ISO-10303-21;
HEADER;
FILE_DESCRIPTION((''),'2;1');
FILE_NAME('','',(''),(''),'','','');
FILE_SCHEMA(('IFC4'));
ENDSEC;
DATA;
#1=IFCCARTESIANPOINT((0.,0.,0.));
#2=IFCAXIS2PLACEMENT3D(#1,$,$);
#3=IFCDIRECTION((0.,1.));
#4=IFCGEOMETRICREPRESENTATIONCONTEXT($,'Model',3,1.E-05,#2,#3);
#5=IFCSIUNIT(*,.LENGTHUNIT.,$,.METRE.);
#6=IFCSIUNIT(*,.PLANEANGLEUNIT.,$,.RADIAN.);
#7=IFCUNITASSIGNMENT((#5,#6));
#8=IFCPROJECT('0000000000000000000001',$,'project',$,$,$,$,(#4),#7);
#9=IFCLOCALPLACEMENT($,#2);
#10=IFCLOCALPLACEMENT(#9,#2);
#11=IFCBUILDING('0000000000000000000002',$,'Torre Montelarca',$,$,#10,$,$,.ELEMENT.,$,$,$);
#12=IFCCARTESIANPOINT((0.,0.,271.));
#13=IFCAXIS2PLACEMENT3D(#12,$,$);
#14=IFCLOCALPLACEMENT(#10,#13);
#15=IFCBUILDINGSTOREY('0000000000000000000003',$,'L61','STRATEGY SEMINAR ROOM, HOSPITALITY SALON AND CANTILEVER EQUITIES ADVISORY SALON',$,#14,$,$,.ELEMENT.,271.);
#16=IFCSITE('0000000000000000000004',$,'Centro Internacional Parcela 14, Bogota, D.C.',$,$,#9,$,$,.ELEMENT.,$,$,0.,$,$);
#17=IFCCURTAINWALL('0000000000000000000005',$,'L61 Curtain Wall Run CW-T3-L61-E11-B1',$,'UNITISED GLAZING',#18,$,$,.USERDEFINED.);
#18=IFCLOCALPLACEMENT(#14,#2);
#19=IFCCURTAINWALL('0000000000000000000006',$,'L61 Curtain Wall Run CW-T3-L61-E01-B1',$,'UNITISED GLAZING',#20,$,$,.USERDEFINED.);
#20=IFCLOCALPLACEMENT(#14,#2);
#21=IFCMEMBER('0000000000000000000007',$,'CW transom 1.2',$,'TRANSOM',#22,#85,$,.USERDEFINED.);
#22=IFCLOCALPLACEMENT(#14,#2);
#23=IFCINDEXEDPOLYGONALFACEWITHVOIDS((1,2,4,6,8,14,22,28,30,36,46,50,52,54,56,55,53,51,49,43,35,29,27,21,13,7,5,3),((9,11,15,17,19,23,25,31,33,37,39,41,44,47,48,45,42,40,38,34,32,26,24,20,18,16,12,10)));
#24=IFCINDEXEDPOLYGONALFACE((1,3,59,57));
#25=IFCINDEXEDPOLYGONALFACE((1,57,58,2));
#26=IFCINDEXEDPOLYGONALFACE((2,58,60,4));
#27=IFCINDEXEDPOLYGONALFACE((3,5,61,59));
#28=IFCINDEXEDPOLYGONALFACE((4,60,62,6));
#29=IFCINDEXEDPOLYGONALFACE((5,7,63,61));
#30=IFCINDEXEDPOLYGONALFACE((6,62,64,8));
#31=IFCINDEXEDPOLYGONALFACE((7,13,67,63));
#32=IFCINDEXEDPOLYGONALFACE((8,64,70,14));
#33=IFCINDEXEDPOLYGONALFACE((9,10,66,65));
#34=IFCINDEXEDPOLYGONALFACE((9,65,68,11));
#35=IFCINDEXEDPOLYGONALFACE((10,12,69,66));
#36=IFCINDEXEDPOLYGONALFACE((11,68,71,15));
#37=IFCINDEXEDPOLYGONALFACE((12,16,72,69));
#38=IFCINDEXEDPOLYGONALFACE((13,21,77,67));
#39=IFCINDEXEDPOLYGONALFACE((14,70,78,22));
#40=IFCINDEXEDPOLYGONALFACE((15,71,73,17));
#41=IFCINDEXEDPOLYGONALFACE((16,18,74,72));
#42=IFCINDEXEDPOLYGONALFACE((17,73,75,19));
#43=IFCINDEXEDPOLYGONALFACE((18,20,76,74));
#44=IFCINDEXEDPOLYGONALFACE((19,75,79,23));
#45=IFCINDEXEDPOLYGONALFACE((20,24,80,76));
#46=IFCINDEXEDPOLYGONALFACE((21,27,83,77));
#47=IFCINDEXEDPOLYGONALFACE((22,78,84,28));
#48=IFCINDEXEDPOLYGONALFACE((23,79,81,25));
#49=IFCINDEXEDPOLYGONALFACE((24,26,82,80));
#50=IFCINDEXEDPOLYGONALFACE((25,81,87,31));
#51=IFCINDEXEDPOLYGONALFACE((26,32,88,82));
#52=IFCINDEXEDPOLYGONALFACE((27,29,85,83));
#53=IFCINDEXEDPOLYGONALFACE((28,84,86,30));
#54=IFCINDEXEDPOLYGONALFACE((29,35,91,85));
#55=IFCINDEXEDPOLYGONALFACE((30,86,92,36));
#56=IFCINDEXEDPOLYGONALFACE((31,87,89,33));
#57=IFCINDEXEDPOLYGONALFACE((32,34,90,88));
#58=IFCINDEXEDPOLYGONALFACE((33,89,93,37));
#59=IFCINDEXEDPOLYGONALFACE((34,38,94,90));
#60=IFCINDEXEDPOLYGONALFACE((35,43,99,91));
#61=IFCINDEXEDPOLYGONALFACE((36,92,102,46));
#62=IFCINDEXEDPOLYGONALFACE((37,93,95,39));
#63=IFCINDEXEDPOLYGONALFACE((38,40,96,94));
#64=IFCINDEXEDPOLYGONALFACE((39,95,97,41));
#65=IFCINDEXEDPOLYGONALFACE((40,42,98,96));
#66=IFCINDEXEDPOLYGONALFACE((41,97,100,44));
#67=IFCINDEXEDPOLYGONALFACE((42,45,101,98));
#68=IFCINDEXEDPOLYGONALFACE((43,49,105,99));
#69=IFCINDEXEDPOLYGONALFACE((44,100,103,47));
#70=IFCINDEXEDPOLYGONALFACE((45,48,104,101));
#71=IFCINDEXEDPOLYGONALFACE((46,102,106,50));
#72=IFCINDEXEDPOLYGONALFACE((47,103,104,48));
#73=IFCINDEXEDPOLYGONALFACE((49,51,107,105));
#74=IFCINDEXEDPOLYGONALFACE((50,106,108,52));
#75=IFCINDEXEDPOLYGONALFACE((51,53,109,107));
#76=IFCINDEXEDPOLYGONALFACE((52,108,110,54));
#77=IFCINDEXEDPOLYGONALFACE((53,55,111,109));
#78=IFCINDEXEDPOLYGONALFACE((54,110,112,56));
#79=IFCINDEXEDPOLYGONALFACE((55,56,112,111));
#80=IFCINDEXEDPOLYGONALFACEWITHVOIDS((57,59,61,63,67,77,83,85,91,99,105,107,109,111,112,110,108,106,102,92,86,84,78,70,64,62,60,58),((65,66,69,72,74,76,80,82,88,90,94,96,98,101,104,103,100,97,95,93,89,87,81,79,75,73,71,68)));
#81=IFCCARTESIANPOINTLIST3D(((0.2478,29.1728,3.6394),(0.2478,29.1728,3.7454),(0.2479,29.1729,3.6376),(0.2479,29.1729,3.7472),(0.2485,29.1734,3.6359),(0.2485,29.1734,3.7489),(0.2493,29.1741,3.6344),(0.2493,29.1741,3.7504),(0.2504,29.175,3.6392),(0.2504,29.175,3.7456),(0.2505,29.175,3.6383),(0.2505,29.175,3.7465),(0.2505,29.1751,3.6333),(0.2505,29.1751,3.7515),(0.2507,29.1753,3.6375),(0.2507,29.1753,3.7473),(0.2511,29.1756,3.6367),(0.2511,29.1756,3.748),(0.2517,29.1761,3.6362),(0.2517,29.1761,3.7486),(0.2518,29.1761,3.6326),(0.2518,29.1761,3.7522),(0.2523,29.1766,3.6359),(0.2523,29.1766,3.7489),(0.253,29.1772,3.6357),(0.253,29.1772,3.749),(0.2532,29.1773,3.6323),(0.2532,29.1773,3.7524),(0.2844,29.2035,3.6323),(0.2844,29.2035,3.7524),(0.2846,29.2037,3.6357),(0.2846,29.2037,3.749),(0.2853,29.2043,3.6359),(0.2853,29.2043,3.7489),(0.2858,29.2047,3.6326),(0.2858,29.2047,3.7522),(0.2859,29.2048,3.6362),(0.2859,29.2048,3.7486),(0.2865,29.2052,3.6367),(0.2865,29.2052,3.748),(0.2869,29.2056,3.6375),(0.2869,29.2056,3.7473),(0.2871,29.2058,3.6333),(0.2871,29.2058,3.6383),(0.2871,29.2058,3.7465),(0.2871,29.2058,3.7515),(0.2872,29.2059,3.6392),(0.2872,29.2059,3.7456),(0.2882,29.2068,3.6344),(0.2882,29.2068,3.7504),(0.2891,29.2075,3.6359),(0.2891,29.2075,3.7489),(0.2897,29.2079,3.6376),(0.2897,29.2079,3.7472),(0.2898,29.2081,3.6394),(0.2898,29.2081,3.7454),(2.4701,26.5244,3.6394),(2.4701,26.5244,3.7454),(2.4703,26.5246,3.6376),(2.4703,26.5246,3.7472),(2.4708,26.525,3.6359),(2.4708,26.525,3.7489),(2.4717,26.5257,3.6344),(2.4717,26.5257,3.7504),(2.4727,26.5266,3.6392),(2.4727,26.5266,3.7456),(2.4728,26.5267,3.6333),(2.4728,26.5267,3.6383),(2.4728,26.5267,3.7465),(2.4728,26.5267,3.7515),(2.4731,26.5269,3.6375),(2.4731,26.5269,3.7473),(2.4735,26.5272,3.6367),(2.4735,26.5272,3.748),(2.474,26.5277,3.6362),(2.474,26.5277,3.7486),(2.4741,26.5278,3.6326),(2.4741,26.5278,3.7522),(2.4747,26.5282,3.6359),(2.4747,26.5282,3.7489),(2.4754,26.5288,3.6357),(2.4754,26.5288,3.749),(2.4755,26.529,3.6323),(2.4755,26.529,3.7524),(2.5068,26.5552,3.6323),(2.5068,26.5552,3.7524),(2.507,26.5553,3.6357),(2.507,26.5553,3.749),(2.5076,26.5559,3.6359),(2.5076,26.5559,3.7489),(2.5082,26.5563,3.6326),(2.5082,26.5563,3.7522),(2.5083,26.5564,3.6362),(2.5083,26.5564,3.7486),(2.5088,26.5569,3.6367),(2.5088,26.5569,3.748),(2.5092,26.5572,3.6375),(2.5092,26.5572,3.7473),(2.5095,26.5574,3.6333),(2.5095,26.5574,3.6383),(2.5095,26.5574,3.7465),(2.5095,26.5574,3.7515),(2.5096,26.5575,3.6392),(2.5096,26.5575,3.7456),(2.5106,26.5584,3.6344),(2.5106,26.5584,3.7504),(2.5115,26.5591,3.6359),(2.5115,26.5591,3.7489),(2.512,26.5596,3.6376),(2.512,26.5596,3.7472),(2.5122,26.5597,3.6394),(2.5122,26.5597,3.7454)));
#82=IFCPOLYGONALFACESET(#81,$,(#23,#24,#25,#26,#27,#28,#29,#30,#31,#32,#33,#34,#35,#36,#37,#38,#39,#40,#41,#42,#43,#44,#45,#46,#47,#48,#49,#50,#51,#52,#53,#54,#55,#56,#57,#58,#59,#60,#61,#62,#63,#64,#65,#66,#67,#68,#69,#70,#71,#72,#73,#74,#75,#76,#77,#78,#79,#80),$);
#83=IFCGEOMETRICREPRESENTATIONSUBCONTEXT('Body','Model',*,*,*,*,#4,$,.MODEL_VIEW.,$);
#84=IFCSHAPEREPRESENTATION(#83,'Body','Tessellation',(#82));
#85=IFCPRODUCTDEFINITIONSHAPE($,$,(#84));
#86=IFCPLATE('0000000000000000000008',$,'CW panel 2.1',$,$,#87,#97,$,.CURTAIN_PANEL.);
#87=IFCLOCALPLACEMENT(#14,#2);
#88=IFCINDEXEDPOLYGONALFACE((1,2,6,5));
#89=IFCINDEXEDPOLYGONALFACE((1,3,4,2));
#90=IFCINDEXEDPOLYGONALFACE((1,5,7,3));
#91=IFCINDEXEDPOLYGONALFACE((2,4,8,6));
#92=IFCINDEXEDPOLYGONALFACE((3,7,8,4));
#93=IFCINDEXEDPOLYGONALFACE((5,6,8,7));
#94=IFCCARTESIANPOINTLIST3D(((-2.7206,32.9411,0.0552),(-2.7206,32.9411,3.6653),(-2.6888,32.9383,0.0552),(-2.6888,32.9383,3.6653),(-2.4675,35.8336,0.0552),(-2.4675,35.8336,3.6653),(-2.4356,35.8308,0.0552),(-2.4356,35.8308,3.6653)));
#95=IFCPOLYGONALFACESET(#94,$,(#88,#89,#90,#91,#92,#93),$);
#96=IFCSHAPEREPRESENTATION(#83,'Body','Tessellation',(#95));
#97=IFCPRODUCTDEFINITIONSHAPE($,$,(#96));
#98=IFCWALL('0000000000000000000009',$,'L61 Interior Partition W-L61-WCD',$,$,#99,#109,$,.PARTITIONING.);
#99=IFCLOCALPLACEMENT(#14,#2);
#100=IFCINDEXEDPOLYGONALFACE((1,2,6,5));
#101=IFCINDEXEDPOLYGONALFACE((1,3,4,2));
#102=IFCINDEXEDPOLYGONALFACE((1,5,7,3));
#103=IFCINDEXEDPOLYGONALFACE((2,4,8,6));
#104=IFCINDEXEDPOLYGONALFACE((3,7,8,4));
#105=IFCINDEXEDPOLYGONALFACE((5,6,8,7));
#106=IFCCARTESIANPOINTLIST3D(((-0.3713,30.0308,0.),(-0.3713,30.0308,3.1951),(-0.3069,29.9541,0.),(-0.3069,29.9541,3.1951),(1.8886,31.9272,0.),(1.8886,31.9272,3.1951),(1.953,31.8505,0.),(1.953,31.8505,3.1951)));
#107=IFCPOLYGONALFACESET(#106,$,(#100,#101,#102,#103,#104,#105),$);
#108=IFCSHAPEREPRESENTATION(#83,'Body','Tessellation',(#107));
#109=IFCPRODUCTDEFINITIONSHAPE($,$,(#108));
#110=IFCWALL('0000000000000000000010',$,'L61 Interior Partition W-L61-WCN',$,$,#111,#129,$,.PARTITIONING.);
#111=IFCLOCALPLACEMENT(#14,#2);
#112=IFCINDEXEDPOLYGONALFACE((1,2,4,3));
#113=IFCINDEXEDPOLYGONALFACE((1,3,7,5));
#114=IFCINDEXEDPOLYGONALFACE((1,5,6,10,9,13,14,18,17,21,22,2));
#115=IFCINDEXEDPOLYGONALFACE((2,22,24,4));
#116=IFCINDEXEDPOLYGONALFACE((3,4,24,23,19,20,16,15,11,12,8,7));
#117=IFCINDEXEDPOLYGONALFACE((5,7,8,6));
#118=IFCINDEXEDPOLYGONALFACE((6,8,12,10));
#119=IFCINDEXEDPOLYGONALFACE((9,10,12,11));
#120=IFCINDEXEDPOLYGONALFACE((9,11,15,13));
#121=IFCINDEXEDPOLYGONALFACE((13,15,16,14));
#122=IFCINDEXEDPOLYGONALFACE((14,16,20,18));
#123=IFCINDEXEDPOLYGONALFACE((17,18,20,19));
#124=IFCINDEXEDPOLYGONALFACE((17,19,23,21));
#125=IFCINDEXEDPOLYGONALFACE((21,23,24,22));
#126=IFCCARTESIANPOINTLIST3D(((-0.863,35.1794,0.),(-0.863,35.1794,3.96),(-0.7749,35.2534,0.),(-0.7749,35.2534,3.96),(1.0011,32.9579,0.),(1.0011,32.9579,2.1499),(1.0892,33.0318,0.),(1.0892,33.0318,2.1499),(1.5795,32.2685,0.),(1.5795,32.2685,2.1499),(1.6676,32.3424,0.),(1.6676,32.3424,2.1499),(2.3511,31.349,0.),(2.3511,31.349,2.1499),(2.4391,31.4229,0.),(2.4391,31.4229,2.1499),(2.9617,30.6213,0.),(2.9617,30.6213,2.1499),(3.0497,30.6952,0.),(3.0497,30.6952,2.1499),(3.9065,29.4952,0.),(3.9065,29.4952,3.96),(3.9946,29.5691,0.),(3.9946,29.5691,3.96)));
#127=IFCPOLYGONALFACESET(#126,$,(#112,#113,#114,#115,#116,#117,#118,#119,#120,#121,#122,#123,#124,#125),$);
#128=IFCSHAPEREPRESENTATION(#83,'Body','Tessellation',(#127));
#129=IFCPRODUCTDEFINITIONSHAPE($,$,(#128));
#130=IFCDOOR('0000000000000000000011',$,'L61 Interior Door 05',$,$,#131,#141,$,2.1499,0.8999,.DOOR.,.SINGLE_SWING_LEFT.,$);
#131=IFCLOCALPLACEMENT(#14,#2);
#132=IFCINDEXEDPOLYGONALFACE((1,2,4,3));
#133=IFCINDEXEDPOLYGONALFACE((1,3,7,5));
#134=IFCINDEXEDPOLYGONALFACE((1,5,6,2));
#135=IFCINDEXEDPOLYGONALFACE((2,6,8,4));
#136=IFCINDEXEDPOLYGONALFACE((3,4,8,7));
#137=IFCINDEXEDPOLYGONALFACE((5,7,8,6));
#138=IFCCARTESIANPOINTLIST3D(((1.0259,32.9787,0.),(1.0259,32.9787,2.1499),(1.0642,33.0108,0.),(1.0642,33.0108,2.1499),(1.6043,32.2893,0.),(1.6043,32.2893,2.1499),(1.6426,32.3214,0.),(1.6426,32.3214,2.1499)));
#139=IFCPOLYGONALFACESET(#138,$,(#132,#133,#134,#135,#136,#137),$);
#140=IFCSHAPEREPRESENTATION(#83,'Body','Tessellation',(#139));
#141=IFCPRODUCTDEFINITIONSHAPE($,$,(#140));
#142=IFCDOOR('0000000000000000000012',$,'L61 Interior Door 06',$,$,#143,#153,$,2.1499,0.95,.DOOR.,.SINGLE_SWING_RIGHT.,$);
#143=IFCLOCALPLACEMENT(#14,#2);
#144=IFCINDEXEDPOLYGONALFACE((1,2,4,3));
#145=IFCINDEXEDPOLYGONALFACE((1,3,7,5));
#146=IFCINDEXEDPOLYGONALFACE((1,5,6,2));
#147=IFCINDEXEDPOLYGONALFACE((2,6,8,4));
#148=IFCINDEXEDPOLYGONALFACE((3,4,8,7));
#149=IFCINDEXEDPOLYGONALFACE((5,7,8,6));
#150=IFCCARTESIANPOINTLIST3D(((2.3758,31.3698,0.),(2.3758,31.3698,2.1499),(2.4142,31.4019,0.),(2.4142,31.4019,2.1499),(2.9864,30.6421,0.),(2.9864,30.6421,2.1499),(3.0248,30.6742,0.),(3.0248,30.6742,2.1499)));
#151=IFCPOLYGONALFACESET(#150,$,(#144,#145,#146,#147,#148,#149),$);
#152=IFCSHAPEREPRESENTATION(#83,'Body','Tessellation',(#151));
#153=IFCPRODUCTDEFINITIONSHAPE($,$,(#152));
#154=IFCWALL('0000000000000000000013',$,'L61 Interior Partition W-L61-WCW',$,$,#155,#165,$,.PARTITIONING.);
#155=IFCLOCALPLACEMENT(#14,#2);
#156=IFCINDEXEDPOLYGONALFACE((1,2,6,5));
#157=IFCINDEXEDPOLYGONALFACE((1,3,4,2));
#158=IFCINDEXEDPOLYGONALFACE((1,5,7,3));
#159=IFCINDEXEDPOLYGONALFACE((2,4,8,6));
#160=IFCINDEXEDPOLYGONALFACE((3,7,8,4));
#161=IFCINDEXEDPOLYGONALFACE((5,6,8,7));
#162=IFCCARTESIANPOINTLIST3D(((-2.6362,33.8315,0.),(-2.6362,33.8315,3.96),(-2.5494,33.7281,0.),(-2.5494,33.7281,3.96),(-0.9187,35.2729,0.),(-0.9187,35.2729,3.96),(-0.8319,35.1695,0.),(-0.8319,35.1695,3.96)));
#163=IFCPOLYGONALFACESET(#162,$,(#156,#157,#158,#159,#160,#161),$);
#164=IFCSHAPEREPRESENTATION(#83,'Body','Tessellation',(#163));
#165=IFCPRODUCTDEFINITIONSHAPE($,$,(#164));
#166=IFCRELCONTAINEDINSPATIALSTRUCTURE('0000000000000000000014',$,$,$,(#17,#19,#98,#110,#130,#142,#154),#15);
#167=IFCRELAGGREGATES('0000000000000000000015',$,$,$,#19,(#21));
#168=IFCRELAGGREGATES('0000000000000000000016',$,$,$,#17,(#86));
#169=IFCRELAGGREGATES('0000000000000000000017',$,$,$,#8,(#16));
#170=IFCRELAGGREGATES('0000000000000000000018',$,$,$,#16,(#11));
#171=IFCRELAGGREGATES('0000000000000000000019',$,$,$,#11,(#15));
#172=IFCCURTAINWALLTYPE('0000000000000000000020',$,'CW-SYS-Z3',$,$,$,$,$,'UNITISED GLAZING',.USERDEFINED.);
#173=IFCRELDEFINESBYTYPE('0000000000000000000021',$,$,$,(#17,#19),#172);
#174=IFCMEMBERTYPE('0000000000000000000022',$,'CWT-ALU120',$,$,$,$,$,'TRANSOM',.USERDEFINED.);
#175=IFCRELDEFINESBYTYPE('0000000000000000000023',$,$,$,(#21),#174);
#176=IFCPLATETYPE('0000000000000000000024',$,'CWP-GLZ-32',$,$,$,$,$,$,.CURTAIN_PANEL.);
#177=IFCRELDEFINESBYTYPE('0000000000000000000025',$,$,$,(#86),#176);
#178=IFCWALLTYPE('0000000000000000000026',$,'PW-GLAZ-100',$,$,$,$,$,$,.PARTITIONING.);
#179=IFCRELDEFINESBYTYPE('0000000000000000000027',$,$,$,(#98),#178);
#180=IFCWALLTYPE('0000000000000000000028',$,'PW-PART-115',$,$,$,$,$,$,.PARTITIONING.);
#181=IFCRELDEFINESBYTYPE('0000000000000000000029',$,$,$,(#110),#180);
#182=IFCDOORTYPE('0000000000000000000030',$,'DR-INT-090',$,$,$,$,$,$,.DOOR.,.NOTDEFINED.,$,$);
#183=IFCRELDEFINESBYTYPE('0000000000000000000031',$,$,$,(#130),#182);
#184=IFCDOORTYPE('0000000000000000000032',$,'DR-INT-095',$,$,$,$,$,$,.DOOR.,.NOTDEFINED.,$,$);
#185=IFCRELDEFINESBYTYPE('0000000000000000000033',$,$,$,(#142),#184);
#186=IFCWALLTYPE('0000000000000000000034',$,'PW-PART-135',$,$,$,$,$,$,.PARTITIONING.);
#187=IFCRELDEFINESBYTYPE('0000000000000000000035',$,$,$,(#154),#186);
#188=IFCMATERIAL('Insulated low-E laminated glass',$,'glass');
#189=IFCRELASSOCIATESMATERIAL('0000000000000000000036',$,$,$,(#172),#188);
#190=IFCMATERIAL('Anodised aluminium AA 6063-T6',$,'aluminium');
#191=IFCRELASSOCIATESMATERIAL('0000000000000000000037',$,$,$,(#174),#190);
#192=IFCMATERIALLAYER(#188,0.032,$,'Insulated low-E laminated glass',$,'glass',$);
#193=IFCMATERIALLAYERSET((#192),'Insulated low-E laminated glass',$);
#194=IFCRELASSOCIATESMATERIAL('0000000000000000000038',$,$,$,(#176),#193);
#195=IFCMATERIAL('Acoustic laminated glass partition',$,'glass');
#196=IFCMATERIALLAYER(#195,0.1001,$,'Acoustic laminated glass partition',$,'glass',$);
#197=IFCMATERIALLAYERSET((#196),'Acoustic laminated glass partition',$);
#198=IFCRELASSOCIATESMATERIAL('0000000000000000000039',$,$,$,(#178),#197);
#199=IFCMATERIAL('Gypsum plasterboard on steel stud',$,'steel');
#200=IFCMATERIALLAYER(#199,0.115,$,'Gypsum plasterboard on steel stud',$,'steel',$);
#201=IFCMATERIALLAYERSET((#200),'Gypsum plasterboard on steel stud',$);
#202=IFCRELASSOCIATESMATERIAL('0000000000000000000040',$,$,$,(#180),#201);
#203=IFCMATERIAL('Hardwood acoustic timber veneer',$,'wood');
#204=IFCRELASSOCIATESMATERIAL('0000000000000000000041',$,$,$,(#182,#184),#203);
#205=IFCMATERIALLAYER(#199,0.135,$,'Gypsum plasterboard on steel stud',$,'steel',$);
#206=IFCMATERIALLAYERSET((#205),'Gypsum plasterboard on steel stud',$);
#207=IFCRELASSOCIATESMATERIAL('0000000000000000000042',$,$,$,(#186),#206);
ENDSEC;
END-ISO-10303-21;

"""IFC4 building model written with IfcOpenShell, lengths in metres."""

from ifc_helpers import new_model, si_unit, direction, frame, frame_2d, origin, origin_2d, place, context, subcontext, project, spatial, rectangle, hollow_rectangle, extrude, source, transform, mapped, material, layer, layer_set, material_profile, profile_set, type_object, element, fill, aggregate, save


model = new_model("IFC4")

# Units and contexts
model_context = context("Model", 3, precision=1e-05, world=origin(), true_north=direction((0.0, 1.0)))
body_context = subcontext(model_context, "Body", "Model", "MODEL_VIEW")
ifc_project = project(units=[si_unit("LENGTHUNIT", "METRE"), si_unit("PLANEANGLEUNIT", "RADIAN")], contexts=[model_context])

# Site, building, storey
site_placement = place(None, origin())
site = spatial("IfcSite", under=ifc_project, at=site_placement, Name="Centro Internacional Parcela 14, Bogota, D.C.", CompositionType="ELEMENT", RefElevation=0.0)
building_placement = place(site_placement, origin())
building = spatial("IfcBuilding", under=site, at=building_placement, Name="Torre Montelarca", CompositionType="ELEMENT")
storey_placement = place(building_placement, frame((0.0, 0.0, 271.0)))
storey = spatial("IfcBuildingStorey", under=building, at=storey_placement, Name="L61", Description="STRATEGY SEMINAR ROOM, HOSPITALITY SALON AND CANTILEVER EQUITIES ADVISORY SALON", CompositionType="ELEMENT", Elevation=271.0)

# Curtain walls
ifc_material_1 = material(Name="Insulated low-E laminated glass", Category="glass")
curtain_wall_type = type_object("IfcCurtainWallType", Name="CW-SYS-Z3", ElementType="UNITISED GLAZING", PredefinedType="USERDEFINED", material=ifc_material_1)
curtain_wall_1_placement = place(storey_placement, origin())
curtain_wall_1 = element("IfcCurtainWall", 1, at=curtain_wall_1_placement, inside=storey, type_object=curtain_wall_type, Name="L61 Curtain Wall Run CW-T3-L61-E11-B1", ObjectType="UNITISED GLAZING", PredefinedType="USERDEFINED")
ifc_material_2 = material(Name="Anodised aluminium AA 6063-T6", Category="aluminium")
ifc_material_profile_1 = material_profile(ifc_material_2, hollow_rectangle(XDim=0.0549, YDim=0.1201, WallThickness=0.0034, InnerFilletRadius=0.0034, OuterFilletRadius=0.0071, at=origin_2d()), Name="ALU55X120X3.5", Category="aluminium")
ifc_profile_set_1 = profile_set([ifc_material_profile_1], Name="Anodised aluminium AA 6063-T6")
member_type_1 = type_object("IfcMemberType", Name="CWT-ALU120", ElementType="TRANSOM", PredefinedType="USERDEFINED", material=ifc_profile_set_1)
curtain_wall_2_placement = place(storey_placement, origin())
curtain_wall_2 = element("IfcCurtainWall", 2, at=curtain_wall_2_placement, inside=storey, type_object=curtain_wall_type, Name="L61 Curtain Wall Run CW-T3-L61-E01-B1", ObjectType="UNITISED GLAZING", PredefinedType="USERDEFINED")

# Member
shared_shape_1 = source(origin(), body_context, "Body", "SweptSolid", [
    extrude(hollow_rectangle(XDim=0.0549, YDim=0.1201, WallThickness=0.0034, InnerFilletRadius=0.0034, OuterFilletRadius=0.0071, at=origin_2d()), origin(), (0.0, 0.0, 1.0), 3.4573),
])
member_1_placement = place(storey_placement, frame((0.2688, 29.1904, 3.6924), z_axis=(0.642806, -0.766029, 0.0), x_axis=(0.766029, 0.642806, 0.0)))
member_1 = element("IfcMember", 3, at=member_1_placement, type_object=member_type_1, Name="CW transom 1.2", ObjectType="TRANSOM", PredefinedType="USERDEFINED", context=body_context, shape_type="MappedRepresentation", body=[
    mapped(shared_shape_1, transform((0.0, 0.0, 0.0), scale=1.0)),
])
aggregate(curtain_wall_2, [member_1])

# Plate
ifc_layer_1 = layer(ifc_material_1, 0.032, Name="Insulated low-E laminated glass", Category="glass")
ifc_layer_set_1 = layer_set([ifc_layer_1], Name="Insulated low-E laminated glass")
plate_type = type_object("IfcPlateType", Name="CWP-GLZ-32", PredefinedType="CURTAIN_PANEL", material=ifc_layer_set_1)
shared_shape_2 = source(origin(), body_context, "Body", "SweptSolid", [
    extrude(rectangle(XDim=2.9036, YDim=0.032, at=origin_2d()), origin(), (0.0, 0.0, 1.0), 3.6101),
])
plate_placement = place(storey_placement, frame((-2.5781, 34.386, 0.0552), z_axis=(0.0, 0.0, 1.0), x_axis=(-0.087183, -0.996192, 0.0)))
plate = element("IfcPlate", 4, at=plate_placement, type_object=plate_type, Name="CW panel 2.1", PredefinedType="CURTAIN_PANEL", context=body_context, shape_type="MappedRepresentation", body=[
    mapped(shared_shape_2, transform((0.0, 0.0, 0.0), scale=1.0)),
])
aggregate(curtain_wall_1, [plate])

# Wall
ifc_material_3 = material(Name="Acoustic laminated glass partition", Category="glass")
ifc_layer_2 = layer(ifc_material_3, 0.1001, Name="Acoustic laminated glass partition", Category="glass")
ifc_layer_set_2 = layer_set([ifc_layer_2], Name="Acoustic laminated glass partition")
wall_type_1 = type_object("IfcWallType", Name="PW-GLAZ-100", PredefinedType="PARTITIONING", material=ifc_layer_set_2)
wall_1_placement = place(storey_placement, frame((-0.3391, 29.9924, 0.0), z_axis=(0.0, 0.0, 1.0), x_axis=(0.766026, 0.64281, 0.0)))
element("IfcWall", 5, at=wall_1_placement, inside=storey, type_object=wall_type_1, Name="L61 Interior Partition W-L61-WCD", PredefinedType="PARTITIONING", context=body_context, shape_type="SweptSolid", body=[
    extrude(rectangle(XDim=2.9502, YDim=0.1001, at=frame_2d((1.4751, 0.0))), origin(), (0.0, 0.0, 1.0), 3.1951),
])

# Wall, openings, doors
ifc_material_4 = material(Name="Gypsum plasterboard on steel stud", Category="steel")
ifc_layer_3 = layer(ifc_material_4, 0.115, Name="Gypsum plasterboard on steel stud", Category="steel")
ifc_layer_set_3 = layer_set([ifc_layer_3], Name="Gypsum plasterboard on steel stud")
wall_type_2 = type_object("IfcWallType", Name="PW-PART-115", PredefinedType="PARTITIONING", material=ifc_layer_set_3)
wall_2_placement = place(storey_placement, frame((-0.8188, 35.2163, 0.0), z_axis=(0.0, 0.0, 1.0), x_axis=(0.642773, -0.766057, 0.0)))
wall_2 = element("IfcWall", 6, at=wall_2_placement, inside=storey, type_object=wall_type_2, Name="L61 Interior Partition W-L61-WCN", PredefinedType="PARTITIONING", context=body_context, shape_type="SweptSolid", body=[
    extrude(rectangle(XDim=7.4202, YDim=0.115, at=frame_2d((3.71, 0.0))), origin(), (0.0, 0.0, 1.0), 3.96),
])
opening_1_placement = place(wall_2_placement, frame((2.8999, 0.0, 0.0)))
opening_1 = element("IfcOpeningElement", 7, at=opening_1_placement, cuts=wall_2, PredefinedType="OPENING", context=body_context, shape_type="SweptSolid", body=[
    extrude(rectangle(XDim=0.8999, YDim=2.1499, at=frame_2d((0.45, 1.075))), frame((0.0, 0.0674, 0.0), z_axis=(0.0, -1.0, 0.0), x_axis=(1.0, 0.0, 0.0)), (0.0, 0.0, 1.0), 0.135),
])
opening_2_placement = place(wall_2_placement, frame((5.0, 0.0, 0.0)))
opening_2 = element("IfcOpeningElement", 8, at=opening_2_placement, cuts=wall_2, PredefinedType="OPENING", context=body_context, shape_type="SweptSolid", body=[
    extrude(rectangle(XDim=0.95, YDim=2.1499, at=frame_2d((0.4751, 1.075))), frame((0.0, 0.0674, 0.0), z_axis=(0.0, -1.0, 0.0), x_axis=(1.0, 0.0, 0.0)), (0.0, 0.0, 1.0), 0.135),
])
ifc_material_5 = material(Name="Hardwood acoustic timber veneer", Category="wood")
door_type_1 = type_object("IfcDoorType", Name="DR-INT-090", OperationType="NOTDEFINED", PredefinedType="DOOR", material=ifc_material_5)
shared_shape_3 = source(origin(), body_context, "Body", "SweptSolid", [
    extrude(rectangle(XDim=0.8999, YDim=2.1499, at=frame_2d((0.45, 1.075))), frame((0.0, 0.0249, 0.0), z_axis=(0.0, -1.0, 0.0), x_axis=(1.0, 0.0, 0.0)), (0.0, 0.0, 1.0), 0.05),
])
door_1_placement = place(opening_1_placement, origin())
door_1 = element("IfcDoor", 9, at=door_1_placement, inside=storey, type_object=door_type_1, Name="L61 Interior Door 05", OperationType="SINGLE_SWING_LEFT", OverallHeight=2.1499, OverallWidth=0.8999, PredefinedType="DOOR", context=body_context, shape_type="MappedRepresentation", body=[
    mapped(shared_shape_3, transform((0.0, 0.0, 0.0), scale=1.0)),
])
fill(opening_1, door_1)
door_type_2 = type_object("IfcDoorType", Name="DR-INT-095", OperationType="NOTDEFINED", PredefinedType="DOOR", material=ifc_material_5)
shared_shape_4 = source(origin(), body_context, "Body", "SweptSolid", [
    extrude(rectangle(XDim=0.95, YDim=2.1499, at=frame_2d((0.4751, 1.075))), frame((0.0, 0.0249, 0.0), z_axis=(0.0, -1.0, 0.0), x_axis=(1.0, 0.0, 0.0)), (0.0, 0.0, 1.0), 0.05),
])
door_2_placement = place(opening_2_placement, origin())
door_2 = element("IfcDoor", 10, at=door_2_placement, inside=storey, type_object=door_type_2, Name="L61 Interior Door 06", OperationType="SINGLE_SWING_RIGHT", OverallHeight=2.1499, OverallWidth=0.95, PredefinedType="DOOR", context=body_context, shape_type="MappedRepresentation", body=[
    mapped(shared_shape_4, transform((0.0, 0.0, 0.0), scale=1.0)),
])
fill(opening_2, door_2)

# Wall
ifc_layer_4 = layer(ifc_material_4, 0.135, Name="Gypsum plasterboard on steel stud", Category="steel")
ifc_layer_set_4 = layer_set([ifc_layer_4], Name="Gypsum plasterboard on steel stud")
wall_type_3 = type_object("IfcWallType", Name="PW-PART-135", PredefinedType="PARTITIONING", material=ifc_layer_set_4)
wall_3_placement = place(storey_placement, frame((-2.5928, 33.7798, 0.0), z_axis=(0.0, 0.0, 1.0), x_axis=(0.765994, 0.642847, 0.0)))
element("IfcWall", 11, at=wall_3_placement, inside=storey, type_object=wall_type_3, Name="L61 Interior Partition W-L61-WCW", PredefinedType="PARTITIONING", context=body_context, shape_type="SweptSolid", body=[
    extrude(rectangle(XDim=2.2422, YDim=0.135, at=frame_2d((1.1211, 0.0))), origin(), (0.0, 0.0, 1.0), 3.96),
])

save(model, "model.ifc")
